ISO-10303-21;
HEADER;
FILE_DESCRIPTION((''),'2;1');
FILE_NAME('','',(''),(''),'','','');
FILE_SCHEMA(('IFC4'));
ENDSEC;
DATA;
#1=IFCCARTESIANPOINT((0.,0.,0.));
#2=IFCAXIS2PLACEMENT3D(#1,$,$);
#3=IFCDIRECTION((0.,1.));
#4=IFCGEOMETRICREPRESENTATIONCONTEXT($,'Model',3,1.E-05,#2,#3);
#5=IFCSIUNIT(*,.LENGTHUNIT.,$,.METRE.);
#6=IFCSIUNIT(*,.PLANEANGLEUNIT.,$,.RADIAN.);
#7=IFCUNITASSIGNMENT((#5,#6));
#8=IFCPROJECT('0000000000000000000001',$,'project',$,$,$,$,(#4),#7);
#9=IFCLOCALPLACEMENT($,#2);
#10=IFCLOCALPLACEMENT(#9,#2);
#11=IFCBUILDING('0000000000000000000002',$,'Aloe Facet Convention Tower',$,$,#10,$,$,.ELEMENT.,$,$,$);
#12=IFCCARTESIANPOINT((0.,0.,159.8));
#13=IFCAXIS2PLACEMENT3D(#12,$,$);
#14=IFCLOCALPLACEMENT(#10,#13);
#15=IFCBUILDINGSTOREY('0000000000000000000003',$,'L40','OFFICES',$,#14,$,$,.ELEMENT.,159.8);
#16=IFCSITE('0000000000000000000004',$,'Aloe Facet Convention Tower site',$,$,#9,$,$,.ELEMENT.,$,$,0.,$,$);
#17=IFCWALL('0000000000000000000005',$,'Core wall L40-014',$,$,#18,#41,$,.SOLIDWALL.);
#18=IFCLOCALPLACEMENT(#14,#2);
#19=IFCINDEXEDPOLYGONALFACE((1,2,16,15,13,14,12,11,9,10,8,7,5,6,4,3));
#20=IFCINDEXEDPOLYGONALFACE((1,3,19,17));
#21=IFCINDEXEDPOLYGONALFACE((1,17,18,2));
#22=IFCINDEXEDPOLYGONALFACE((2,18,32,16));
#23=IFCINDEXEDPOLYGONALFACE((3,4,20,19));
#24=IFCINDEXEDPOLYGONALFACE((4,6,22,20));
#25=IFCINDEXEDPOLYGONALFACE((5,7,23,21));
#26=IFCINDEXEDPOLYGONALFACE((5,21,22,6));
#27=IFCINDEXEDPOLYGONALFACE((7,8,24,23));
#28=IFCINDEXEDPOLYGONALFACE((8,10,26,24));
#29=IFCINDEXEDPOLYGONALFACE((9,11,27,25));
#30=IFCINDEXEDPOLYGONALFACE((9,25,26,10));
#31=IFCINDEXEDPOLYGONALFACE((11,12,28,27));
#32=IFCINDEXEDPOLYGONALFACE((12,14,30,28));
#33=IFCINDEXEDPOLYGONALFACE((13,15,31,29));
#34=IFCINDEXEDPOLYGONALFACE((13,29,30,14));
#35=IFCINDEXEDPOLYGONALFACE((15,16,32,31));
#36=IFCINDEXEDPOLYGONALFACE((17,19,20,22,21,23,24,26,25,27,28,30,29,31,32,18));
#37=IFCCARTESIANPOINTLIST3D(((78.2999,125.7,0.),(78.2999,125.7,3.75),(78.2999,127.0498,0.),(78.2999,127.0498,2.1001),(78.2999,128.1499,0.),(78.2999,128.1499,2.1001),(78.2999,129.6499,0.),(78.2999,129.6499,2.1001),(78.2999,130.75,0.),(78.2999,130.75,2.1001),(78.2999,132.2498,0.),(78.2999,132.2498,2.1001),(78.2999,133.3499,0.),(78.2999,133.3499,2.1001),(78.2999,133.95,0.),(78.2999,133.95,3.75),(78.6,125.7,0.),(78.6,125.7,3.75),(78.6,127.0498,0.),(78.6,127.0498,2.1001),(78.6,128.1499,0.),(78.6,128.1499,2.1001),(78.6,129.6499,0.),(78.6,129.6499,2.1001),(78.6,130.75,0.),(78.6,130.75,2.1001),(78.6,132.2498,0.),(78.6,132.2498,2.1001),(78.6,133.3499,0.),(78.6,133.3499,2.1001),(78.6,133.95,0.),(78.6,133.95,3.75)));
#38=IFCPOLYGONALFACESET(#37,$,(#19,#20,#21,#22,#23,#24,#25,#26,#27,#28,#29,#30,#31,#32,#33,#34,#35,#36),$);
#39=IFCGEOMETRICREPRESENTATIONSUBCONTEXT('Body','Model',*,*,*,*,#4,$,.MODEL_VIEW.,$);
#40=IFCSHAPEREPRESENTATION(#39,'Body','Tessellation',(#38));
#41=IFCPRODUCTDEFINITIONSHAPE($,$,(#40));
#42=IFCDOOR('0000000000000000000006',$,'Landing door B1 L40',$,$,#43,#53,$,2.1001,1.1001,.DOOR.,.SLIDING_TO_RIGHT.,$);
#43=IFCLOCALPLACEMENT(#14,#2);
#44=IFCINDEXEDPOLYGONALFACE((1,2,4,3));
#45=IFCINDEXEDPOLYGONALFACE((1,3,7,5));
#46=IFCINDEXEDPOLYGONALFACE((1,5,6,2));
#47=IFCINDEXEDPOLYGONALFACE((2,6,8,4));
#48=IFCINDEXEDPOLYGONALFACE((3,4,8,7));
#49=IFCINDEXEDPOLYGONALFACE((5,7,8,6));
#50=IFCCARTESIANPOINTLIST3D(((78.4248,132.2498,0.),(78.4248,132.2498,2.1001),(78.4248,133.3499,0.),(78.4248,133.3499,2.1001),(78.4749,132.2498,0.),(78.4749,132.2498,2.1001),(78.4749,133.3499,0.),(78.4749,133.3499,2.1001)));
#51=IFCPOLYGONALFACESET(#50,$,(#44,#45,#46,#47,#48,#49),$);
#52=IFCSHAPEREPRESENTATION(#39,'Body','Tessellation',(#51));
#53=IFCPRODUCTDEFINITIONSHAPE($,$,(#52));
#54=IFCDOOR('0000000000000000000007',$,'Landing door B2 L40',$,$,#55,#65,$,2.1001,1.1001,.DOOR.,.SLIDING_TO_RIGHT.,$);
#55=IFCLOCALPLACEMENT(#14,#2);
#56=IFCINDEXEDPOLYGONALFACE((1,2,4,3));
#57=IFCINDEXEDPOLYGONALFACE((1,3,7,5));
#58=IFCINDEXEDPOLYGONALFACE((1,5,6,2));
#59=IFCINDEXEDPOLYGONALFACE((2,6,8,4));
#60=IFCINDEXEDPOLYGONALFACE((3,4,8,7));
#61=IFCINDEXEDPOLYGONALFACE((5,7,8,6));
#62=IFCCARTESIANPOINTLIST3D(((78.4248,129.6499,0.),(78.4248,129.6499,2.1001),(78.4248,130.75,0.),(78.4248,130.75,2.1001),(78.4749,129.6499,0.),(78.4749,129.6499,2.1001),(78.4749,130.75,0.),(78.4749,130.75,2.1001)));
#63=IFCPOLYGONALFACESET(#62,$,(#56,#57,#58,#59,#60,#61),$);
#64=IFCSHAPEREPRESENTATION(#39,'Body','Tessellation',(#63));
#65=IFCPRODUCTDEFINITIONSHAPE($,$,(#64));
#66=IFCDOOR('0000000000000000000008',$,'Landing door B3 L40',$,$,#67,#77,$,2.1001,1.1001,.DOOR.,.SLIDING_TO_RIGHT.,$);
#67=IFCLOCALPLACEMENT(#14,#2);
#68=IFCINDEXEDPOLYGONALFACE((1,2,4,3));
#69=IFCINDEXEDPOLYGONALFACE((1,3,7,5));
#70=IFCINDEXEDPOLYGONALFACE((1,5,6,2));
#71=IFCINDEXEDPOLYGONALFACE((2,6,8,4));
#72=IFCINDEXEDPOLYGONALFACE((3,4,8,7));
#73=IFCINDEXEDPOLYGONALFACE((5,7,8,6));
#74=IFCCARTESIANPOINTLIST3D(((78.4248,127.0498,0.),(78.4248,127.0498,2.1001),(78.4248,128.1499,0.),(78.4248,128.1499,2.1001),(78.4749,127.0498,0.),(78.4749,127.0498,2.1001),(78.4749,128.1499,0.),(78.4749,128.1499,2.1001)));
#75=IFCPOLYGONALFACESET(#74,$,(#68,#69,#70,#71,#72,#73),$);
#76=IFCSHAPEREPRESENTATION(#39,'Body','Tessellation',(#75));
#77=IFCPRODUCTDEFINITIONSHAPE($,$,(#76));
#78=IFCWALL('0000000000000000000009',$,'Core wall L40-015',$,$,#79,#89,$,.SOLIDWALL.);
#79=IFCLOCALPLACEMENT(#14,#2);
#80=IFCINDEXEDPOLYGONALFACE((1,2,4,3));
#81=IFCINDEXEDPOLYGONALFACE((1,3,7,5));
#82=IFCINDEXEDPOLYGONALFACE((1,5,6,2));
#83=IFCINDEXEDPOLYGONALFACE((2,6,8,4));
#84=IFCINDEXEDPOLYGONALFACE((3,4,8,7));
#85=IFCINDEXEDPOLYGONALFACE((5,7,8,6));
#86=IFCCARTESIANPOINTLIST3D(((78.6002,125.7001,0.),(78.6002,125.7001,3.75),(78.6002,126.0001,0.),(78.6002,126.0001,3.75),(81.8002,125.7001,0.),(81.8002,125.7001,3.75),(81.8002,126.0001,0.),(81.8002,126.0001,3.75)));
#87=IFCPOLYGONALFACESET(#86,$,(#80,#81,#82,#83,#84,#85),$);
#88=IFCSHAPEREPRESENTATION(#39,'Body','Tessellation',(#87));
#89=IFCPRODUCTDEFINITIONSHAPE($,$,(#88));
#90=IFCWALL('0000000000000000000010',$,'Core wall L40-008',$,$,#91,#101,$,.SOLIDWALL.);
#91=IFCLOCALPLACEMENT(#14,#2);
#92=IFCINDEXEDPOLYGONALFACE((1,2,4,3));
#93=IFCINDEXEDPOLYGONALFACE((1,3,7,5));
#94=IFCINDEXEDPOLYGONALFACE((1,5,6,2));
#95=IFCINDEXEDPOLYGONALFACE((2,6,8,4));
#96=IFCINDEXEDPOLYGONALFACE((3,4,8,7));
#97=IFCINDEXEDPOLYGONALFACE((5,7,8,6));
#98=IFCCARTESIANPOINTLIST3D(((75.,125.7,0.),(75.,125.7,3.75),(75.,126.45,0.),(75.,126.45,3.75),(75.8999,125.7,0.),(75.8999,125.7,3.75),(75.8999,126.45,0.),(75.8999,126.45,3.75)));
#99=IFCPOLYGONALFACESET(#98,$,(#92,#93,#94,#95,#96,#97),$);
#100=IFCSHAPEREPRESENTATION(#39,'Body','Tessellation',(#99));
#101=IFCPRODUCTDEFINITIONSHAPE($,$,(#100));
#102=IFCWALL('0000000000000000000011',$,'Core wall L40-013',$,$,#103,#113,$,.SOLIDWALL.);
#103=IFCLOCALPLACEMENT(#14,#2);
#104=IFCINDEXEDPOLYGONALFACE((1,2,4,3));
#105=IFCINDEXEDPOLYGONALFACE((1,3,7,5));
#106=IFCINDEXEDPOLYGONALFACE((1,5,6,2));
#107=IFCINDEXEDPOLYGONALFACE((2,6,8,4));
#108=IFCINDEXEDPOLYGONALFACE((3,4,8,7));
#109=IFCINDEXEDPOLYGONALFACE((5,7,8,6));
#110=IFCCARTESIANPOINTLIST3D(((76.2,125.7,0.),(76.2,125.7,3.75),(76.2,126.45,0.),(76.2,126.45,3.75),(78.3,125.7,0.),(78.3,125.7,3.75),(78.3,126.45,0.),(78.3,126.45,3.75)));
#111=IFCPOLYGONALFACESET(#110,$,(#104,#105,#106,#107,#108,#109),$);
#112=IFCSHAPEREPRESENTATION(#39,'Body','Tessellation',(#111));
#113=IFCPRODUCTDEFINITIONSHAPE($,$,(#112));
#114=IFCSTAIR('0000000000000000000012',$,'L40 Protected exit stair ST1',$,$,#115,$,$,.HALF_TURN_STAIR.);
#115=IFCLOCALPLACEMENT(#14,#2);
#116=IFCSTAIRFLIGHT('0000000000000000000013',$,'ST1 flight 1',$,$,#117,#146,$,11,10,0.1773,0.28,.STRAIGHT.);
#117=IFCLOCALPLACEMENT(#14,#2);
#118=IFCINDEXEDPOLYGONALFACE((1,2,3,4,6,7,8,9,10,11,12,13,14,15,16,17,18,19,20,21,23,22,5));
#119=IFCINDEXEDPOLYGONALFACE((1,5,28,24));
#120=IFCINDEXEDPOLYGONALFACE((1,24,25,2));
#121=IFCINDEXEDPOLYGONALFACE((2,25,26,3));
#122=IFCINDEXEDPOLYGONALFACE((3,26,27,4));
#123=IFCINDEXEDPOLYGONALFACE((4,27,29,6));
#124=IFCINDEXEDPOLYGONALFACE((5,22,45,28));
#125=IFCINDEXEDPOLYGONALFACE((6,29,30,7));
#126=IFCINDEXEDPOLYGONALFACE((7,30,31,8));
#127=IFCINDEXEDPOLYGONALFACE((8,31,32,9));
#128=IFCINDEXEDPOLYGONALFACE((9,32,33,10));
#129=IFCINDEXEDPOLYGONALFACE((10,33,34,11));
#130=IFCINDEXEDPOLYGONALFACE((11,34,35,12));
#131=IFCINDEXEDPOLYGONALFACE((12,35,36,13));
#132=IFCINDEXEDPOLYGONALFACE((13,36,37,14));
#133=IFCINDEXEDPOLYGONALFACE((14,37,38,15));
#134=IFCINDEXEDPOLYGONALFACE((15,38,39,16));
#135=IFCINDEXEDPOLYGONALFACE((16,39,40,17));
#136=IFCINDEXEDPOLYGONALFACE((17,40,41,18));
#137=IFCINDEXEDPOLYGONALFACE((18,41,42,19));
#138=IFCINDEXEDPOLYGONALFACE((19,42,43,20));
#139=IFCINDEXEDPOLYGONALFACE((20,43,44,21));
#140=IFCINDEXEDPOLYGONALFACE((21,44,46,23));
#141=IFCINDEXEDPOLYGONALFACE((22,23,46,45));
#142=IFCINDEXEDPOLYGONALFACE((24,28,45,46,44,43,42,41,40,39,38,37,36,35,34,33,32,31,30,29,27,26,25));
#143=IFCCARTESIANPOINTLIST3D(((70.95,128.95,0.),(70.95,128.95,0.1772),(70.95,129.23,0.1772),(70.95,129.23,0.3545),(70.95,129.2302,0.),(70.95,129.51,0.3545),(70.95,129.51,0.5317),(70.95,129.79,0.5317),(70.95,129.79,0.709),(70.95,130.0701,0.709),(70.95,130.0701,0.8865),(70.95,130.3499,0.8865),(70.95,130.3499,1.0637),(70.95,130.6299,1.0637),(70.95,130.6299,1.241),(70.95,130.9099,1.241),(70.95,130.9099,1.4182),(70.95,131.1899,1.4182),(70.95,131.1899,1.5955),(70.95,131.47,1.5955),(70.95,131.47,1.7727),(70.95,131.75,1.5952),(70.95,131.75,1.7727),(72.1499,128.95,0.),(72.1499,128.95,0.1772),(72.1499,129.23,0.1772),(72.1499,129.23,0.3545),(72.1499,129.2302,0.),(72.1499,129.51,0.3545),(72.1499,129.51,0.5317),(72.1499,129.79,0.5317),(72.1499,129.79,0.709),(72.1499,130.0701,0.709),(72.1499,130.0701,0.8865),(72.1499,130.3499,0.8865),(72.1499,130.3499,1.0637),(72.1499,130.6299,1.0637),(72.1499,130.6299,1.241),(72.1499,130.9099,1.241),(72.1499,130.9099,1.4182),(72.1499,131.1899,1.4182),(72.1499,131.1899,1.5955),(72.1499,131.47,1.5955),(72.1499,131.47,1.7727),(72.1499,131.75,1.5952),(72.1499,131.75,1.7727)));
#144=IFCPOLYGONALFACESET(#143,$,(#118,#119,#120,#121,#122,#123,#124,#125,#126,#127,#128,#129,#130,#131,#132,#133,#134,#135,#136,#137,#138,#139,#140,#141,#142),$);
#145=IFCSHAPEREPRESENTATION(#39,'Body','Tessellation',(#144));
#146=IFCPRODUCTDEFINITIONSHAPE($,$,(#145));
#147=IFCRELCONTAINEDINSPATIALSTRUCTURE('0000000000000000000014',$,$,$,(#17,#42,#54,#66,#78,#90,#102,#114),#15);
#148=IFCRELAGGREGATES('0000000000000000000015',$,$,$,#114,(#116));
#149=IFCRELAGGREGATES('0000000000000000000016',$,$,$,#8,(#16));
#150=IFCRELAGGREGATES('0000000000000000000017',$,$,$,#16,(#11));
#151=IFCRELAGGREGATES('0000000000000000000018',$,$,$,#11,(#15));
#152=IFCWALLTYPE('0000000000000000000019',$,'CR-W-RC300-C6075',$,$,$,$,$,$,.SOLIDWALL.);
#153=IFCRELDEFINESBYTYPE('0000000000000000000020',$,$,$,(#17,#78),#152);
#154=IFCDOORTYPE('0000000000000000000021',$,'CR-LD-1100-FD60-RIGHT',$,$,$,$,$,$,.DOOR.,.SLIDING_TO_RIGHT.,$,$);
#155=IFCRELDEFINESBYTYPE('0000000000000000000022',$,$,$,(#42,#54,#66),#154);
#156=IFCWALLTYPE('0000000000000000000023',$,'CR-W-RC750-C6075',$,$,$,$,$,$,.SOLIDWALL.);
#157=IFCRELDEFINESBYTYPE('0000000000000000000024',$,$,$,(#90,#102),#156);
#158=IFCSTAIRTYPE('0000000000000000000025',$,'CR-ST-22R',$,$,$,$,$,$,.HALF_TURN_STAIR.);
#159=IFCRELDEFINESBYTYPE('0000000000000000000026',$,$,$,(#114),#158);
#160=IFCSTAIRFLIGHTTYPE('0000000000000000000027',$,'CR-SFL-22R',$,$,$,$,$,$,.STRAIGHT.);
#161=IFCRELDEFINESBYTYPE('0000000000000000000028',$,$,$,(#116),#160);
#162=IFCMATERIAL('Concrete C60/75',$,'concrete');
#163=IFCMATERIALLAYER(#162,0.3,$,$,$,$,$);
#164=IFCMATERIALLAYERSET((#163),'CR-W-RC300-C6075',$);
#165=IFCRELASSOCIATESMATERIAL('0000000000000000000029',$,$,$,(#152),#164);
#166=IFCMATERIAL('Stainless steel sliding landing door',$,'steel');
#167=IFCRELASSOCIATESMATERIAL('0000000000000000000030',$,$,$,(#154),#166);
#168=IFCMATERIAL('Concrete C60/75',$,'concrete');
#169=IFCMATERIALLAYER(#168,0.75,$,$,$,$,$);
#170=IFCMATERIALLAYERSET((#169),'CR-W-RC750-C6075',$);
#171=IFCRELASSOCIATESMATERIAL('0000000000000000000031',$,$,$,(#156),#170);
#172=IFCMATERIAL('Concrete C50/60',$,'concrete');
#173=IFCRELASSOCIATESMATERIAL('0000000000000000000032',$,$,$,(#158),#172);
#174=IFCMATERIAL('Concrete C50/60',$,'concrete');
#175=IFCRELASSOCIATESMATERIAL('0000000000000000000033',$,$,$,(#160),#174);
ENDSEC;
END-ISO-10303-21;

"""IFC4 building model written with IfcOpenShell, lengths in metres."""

from ifc_helpers import new_model, si_unit, direction, frame, frame_2d, origin, place, context, subcontext, project, spatial, polyline, rectangle, outline, extrude, material, layer, layer_set, type_object, element, fill, aggregate, save


model = new_model("IFC4")

# Units and contexts
model_context = context("Model", 3, precision=1e-05, world=origin(), true_north=direction((0.0, 1.0)))
body_context = subcontext(model_context, "Body", "Model", "MODEL_VIEW")
ifc_project = project(units=[si_unit("LENGTHUNIT", "METRE"), si_unit("PLANEANGLEUNIT", "RADIAN")], contexts=[model_context])

# Site, building, storey
site_placement = place(None, origin())
site = spatial("IfcSite", under=ifc_project, at=site_placement, Name="Aloe Facet Convention Tower site", CompositionType="ELEMENT", RefElevation=0.0)
building_placement = place(site_placement, origin())
building = spatial("IfcBuilding", under=site, at=building_placement, Name="Aloe Facet Convention Tower", CompositionType="ELEMENT")
storey_placement = place(building_placement, frame((0.0, 0.0, 159.8)))
storey = spatial("IfcBuildingStorey", under=building, at=storey_placement, Name="L40", Description="OFFICES", CompositionType="ELEMENT", Elevation=159.8)

# Shared definitions
ifc_material_1 = material(Name="Concrete C60/75", Category="concrete")
ifc_layer_1 = layer(ifc_material_1, 0.3)
ifc_layer_set_1 = layer_set([ifc_layer_1], Name="CR-W-RC300-C6075")
wall_type_1 = type_object("IfcWallType", Name="CR-W-RC300-C6075", PredefinedType="SOLIDWALL", material=ifc_layer_set_1)

# Wall, openings, doors
wall_1_placement = place(storey_placement, frame((78.45, 133.95, 0.0), z_axis=(0.0, 0.0, 1.0), x_axis=(0.0, -1.0, 0.0)))
wall_1 = element("IfcWall", 1, at=wall_1_placement, inside=storey, type_object=wall_type_1, Name="Core wall L40-014", PredefinedType="SOLIDWALL", context=body_context, shape_type="SweptSolid", body=[
    extrude(rectangle(XDim=8.25, YDim=0.3, at=frame_2d((4.125, 0.0))), origin(), (0.0, 0.0, 1.0), 3.75),
])
opening_1_placement = place(wall_1_placement, frame((0.6001, 0.0, 0.0)))
opening_1 = element("IfcOpeningElement", 2, at=opening_1_placement, cuts=wall_1, PredefinedType="OPENING", context=body_context, shape_type="SweptSolid", body=[
    extrude(rectangle(XDim=1.1001, YDim=2.1001, at=frame_2d((0.55, 1.05))), frame((0.0, 0.1602, 0.0), z_axis=(0.0, -1.0, 0.0), x_axis=(1.0, 0.0, 0.0)), (0.0, 0.0, 1.0), 0.3201),
])
opening_2_placement = place(wall_1_placement, frame((3.2, 0.0, 0.0)))
opening_2 = element("IfcOpeningElement", 3, at=opening_2_placement, cuts=wall_1, PredefinedType="OPENING", context=body_context, shape_type="SweptSolid", body=[
    extrude(rectangle(XDim=1.1001, YDim=2.1001, at=frame_2d((0.55, 1.05))), frame((0.0, 0.1602, 0.0), z_axis=(0.0, -1.0, 0.0), x_axis=(1.0, 0.0, 0.0)), (0.0, 0.0, 1.0), 0.3201),
])
opening_3_placement = place(wall_1_placement, frame((5.8, 0.0, 0.0)))
opening_3 = element("IfcOpeningElement", 4, at=opening_3_placement, cuts=wall_1, PredefinedType="OPENING", context=body_context, shape_type="SweptSolid", body=[
    extrude(rectangle(XDim=1.1001, YDim=2.1001, at=frame_2d((0.55, 1.05))), frame((0.0, 0.1602, 0.0), z_axis=(0.0, -1.0, 0.0), x_axis=(1.0, 0.0, 0.0)), (0.0, 0.0, 1.0), 0.3201),
])
ifc_material_2 = material(Name="Stainless steel sliding landing door", Category="steel")
door_type_1 = type_object("IfcDoorType", Name="CR-LD-1100-FD60-RIGHT", OperationType="SLIDING_TO_RIGHT", PredefinedType="DOOR", material=ifc_material_2)
door_1_placement = place(opening_1_placement, origin())
door_1 = element("IfcDoor", 5, at=door_1_placement, inside=storey, type_object=door_type_1, Name="Landing door B1 L40", OperationType="SLIDING_TO_RIGHT", OverallHeight=2.1001, OverallWidth=1.1001, PredefinedType="DOOR", context=body_context, shape_type="SweptSolid", body=[
    extrude(rectangle(XDim=1.1001, YDim=2.1001, at=frame_2d((0.55, 1.05))), frame((0.0, 0.0249, 0.0), z_axis=(0.0, -1.0, 0.0), x_axis=(1.0, 0.0, 0.0)), (0.0, 0.0, 1.0), 0.05),
])
fill(opening_1, door_1)
door_2_placement = place(opening_2_placement, origin())
door_2 = element("IfcDoor", 6, at=door_2_placement, inside=storey, type_object=door_type_1, Name="Landing door B2 L40", OperationType="SLIDING_TO_RIGHT", OverallHeight=2.1001, OverallWidth=1.1001, PredefinedType="DOOR", context=body_context, shape_type="SweptSolid", body=[
    extrude(rectangle(XDim=1.1001, YDim=2.1001, at=frame_2d((0.55, 1.05))), frame((0.0, 0.0249, 0.0), z_axis=(0.0, -1.0, 0.0), x_axis=(1.0, 0.0, 0.0)), (0.0, 0.0, 1.0), 0.05),
])
fill(opening_2, door_2)
door_3_placement = place(opening_3_placement, origin())
door_3 = element("IfcDoor", 7, at=door_3_placement, inside=storey, type_object=door_type_1, Name="Landing door B3 L40", OperationType="SLIDING_TO_RIGHT", OverallHeight=2.1001, OverallWidth=1.1001, PredefinedType="DOOR", context=body_context, shape_type="SweptSolid", body=[
    extrude(rectangle(XDim=1.1001, YDim=2.1001, at=frame_2d((0.55, 1.05))), frame((0.0, 0.0249, 0.0), z_axis=(0.0, -1.0, 0.0), x_axis=(1.0, 0.0, 0.0)), (0.0, 0.0, 1.0), 0.05),
])
fill(opening_3, door_3)

# Walls
wall_2_placement = place(storey_placement, frame((78.6001, 125.8501, 0.0), z_axis=(0.0, 0.0, 1.0), x_axis=(1.0, 0.0, 0.0)))
element("IfcWall", 8, at=wall_2_placement, inside=storey, type_object=wall_type_1, Name="Core wall L40-015", PredefinedType="SOLIDWALL", context=body_context, shape_type="SweptSolid", body=[
    extrude(rectangle(XDim=3.2, YDim=0.3, at=frame_2d((1.6001, 0.0))), origin(), (0.0, 0.0, 1.0), 3.75),
])
ifc_material_3 = material(Name="Concrete C60/75", Category="concrete")
ifc_layer_2 = layer(ifc_material_3, 0.75)
ifc_layer_set_2 = layer_set([ifc_layer_2], Name="CR-W-RC750-C6075")
wall_type_2 = type_object("IfcWallType", Name="CR-W-RC750-C6075", PredefinedType="SOLIDWALL", material=ifc_layer_set_2)
wall_3_placement = place(storey_placement, frame((75.0, 126.075, 0.0), z_axis=(0.0, 0.0, 1.0), x_axis=(1.0, 0.0, 0.0)))
element("IfcWall", 9, at=wall_3_placement, inside=storey, type_object=wall_type_2, Name="Core wall L40-008", PredefinedType="SOLIDWALL", context=body_context, shape_type="SweptSolid", body=[
    extrude(rectangle(XDim=0.8999, YDim=0.75, at=frame_2d((0.45, 0.0))), origin(), (0.0, 0.0, 1.0), 3.75),
])
wall_4_placement = place(storey_placement, frame((76.2, 126.075, 0.0), z_axis=(0.0, 0.0, 1.0), x_axis=(1.0, 0.0, 0.0)))
element("IfcWall", 10, at=wall_4_placement, inside=storey, type_object=wall_type_2, Name="Core wall L40-013", PredefinedType="SOLIDWALL", context=body_context, shape_type="SweptSolid", body=[
    extrude(rectangle(XDim=2.1001, YDim=0.75, at=frame_2d((1.05, 0.0))), origin(), (0.0, 0.0, 1.0), 3.75),
])

# Stair, stair flight
ifc_material_4 = material(Name="Concrete C50/60", Category="concrete")
stair_type = type_object("IfcStairType", Name="CR-ST-22R", PredefinedType="HALF_TURN_STAIR", material=ifc_material_4)
stair_1_placement = place(storey_placement, origin())
stair_1 = element("IfcStair", 11, at=stair_1_placement, inside=storey, type_object=stair_type, Name="L40 Protected exit stair ST1", PredefinedType="HALF_TURN_STAIR")
ifc_material_5 = material(Name="Concrete C50/60", Category="concrete")
stair_flight_type = type_object("IfcStairFlightType", Name="CR-SFL-22R", PredefinedType="STRAIGHT", material=ifc_material_5)
stair_flight_1_placement = place(storey_placement, frame((71.55, 128.95, 0.0), z_axis=(0.0, 0.0, 1.0), x_axis=(0.0, 1.0, 0.0)))
stair_flight_1 = element("IfcStairFlight", 12, at=stair_flight_1_placement, type_object=stair_flight_type, Name="ST1 flight 1", NumberOfRisers=11, NumberOfTreads=10, PredefinedType="STRAIGHT", RiserHeight=0.1773, TreadLength=0.28, context=body_context, shape_type="SweptSolid", body=[
    extrude(outline(polyline([(0.0, 0.0), (0.0, 0.1772), (0.28, 0.1772), (0.28, 0.3545), (0.5601, 0.3545), (0.5601, 0.5317), (0.8401, 0.5317), (0.8401, 0.709), (1.1201, 0.709), (1.1201, 0.8865), (1.3999, 0.8865), (1.3999, 1.0637), (1.6799, 1.0637), (1.6799, 1.241), (1.96, 1.241), (1.96, 1.4182), (2.24, 1.4182), (2.24, 1.5955), (2.52, 1.5955), (2.52, 1.7727), (2.8, 1.7727), (2.8, 1.95), (2.8, 1.5952), (0.2803, 0.0), (0.0, 0.0)])), frame((0.0, 0.6001, 0.0), z_axis=(0.0, -1.0, 0.0), x_axis=(1.0, 0.0, 0.0)), (0.0, 0.0, 1.0), 1.2),
])
aggregate(stair_1, [stair_flight_1])

save(model, "model.ifc")
